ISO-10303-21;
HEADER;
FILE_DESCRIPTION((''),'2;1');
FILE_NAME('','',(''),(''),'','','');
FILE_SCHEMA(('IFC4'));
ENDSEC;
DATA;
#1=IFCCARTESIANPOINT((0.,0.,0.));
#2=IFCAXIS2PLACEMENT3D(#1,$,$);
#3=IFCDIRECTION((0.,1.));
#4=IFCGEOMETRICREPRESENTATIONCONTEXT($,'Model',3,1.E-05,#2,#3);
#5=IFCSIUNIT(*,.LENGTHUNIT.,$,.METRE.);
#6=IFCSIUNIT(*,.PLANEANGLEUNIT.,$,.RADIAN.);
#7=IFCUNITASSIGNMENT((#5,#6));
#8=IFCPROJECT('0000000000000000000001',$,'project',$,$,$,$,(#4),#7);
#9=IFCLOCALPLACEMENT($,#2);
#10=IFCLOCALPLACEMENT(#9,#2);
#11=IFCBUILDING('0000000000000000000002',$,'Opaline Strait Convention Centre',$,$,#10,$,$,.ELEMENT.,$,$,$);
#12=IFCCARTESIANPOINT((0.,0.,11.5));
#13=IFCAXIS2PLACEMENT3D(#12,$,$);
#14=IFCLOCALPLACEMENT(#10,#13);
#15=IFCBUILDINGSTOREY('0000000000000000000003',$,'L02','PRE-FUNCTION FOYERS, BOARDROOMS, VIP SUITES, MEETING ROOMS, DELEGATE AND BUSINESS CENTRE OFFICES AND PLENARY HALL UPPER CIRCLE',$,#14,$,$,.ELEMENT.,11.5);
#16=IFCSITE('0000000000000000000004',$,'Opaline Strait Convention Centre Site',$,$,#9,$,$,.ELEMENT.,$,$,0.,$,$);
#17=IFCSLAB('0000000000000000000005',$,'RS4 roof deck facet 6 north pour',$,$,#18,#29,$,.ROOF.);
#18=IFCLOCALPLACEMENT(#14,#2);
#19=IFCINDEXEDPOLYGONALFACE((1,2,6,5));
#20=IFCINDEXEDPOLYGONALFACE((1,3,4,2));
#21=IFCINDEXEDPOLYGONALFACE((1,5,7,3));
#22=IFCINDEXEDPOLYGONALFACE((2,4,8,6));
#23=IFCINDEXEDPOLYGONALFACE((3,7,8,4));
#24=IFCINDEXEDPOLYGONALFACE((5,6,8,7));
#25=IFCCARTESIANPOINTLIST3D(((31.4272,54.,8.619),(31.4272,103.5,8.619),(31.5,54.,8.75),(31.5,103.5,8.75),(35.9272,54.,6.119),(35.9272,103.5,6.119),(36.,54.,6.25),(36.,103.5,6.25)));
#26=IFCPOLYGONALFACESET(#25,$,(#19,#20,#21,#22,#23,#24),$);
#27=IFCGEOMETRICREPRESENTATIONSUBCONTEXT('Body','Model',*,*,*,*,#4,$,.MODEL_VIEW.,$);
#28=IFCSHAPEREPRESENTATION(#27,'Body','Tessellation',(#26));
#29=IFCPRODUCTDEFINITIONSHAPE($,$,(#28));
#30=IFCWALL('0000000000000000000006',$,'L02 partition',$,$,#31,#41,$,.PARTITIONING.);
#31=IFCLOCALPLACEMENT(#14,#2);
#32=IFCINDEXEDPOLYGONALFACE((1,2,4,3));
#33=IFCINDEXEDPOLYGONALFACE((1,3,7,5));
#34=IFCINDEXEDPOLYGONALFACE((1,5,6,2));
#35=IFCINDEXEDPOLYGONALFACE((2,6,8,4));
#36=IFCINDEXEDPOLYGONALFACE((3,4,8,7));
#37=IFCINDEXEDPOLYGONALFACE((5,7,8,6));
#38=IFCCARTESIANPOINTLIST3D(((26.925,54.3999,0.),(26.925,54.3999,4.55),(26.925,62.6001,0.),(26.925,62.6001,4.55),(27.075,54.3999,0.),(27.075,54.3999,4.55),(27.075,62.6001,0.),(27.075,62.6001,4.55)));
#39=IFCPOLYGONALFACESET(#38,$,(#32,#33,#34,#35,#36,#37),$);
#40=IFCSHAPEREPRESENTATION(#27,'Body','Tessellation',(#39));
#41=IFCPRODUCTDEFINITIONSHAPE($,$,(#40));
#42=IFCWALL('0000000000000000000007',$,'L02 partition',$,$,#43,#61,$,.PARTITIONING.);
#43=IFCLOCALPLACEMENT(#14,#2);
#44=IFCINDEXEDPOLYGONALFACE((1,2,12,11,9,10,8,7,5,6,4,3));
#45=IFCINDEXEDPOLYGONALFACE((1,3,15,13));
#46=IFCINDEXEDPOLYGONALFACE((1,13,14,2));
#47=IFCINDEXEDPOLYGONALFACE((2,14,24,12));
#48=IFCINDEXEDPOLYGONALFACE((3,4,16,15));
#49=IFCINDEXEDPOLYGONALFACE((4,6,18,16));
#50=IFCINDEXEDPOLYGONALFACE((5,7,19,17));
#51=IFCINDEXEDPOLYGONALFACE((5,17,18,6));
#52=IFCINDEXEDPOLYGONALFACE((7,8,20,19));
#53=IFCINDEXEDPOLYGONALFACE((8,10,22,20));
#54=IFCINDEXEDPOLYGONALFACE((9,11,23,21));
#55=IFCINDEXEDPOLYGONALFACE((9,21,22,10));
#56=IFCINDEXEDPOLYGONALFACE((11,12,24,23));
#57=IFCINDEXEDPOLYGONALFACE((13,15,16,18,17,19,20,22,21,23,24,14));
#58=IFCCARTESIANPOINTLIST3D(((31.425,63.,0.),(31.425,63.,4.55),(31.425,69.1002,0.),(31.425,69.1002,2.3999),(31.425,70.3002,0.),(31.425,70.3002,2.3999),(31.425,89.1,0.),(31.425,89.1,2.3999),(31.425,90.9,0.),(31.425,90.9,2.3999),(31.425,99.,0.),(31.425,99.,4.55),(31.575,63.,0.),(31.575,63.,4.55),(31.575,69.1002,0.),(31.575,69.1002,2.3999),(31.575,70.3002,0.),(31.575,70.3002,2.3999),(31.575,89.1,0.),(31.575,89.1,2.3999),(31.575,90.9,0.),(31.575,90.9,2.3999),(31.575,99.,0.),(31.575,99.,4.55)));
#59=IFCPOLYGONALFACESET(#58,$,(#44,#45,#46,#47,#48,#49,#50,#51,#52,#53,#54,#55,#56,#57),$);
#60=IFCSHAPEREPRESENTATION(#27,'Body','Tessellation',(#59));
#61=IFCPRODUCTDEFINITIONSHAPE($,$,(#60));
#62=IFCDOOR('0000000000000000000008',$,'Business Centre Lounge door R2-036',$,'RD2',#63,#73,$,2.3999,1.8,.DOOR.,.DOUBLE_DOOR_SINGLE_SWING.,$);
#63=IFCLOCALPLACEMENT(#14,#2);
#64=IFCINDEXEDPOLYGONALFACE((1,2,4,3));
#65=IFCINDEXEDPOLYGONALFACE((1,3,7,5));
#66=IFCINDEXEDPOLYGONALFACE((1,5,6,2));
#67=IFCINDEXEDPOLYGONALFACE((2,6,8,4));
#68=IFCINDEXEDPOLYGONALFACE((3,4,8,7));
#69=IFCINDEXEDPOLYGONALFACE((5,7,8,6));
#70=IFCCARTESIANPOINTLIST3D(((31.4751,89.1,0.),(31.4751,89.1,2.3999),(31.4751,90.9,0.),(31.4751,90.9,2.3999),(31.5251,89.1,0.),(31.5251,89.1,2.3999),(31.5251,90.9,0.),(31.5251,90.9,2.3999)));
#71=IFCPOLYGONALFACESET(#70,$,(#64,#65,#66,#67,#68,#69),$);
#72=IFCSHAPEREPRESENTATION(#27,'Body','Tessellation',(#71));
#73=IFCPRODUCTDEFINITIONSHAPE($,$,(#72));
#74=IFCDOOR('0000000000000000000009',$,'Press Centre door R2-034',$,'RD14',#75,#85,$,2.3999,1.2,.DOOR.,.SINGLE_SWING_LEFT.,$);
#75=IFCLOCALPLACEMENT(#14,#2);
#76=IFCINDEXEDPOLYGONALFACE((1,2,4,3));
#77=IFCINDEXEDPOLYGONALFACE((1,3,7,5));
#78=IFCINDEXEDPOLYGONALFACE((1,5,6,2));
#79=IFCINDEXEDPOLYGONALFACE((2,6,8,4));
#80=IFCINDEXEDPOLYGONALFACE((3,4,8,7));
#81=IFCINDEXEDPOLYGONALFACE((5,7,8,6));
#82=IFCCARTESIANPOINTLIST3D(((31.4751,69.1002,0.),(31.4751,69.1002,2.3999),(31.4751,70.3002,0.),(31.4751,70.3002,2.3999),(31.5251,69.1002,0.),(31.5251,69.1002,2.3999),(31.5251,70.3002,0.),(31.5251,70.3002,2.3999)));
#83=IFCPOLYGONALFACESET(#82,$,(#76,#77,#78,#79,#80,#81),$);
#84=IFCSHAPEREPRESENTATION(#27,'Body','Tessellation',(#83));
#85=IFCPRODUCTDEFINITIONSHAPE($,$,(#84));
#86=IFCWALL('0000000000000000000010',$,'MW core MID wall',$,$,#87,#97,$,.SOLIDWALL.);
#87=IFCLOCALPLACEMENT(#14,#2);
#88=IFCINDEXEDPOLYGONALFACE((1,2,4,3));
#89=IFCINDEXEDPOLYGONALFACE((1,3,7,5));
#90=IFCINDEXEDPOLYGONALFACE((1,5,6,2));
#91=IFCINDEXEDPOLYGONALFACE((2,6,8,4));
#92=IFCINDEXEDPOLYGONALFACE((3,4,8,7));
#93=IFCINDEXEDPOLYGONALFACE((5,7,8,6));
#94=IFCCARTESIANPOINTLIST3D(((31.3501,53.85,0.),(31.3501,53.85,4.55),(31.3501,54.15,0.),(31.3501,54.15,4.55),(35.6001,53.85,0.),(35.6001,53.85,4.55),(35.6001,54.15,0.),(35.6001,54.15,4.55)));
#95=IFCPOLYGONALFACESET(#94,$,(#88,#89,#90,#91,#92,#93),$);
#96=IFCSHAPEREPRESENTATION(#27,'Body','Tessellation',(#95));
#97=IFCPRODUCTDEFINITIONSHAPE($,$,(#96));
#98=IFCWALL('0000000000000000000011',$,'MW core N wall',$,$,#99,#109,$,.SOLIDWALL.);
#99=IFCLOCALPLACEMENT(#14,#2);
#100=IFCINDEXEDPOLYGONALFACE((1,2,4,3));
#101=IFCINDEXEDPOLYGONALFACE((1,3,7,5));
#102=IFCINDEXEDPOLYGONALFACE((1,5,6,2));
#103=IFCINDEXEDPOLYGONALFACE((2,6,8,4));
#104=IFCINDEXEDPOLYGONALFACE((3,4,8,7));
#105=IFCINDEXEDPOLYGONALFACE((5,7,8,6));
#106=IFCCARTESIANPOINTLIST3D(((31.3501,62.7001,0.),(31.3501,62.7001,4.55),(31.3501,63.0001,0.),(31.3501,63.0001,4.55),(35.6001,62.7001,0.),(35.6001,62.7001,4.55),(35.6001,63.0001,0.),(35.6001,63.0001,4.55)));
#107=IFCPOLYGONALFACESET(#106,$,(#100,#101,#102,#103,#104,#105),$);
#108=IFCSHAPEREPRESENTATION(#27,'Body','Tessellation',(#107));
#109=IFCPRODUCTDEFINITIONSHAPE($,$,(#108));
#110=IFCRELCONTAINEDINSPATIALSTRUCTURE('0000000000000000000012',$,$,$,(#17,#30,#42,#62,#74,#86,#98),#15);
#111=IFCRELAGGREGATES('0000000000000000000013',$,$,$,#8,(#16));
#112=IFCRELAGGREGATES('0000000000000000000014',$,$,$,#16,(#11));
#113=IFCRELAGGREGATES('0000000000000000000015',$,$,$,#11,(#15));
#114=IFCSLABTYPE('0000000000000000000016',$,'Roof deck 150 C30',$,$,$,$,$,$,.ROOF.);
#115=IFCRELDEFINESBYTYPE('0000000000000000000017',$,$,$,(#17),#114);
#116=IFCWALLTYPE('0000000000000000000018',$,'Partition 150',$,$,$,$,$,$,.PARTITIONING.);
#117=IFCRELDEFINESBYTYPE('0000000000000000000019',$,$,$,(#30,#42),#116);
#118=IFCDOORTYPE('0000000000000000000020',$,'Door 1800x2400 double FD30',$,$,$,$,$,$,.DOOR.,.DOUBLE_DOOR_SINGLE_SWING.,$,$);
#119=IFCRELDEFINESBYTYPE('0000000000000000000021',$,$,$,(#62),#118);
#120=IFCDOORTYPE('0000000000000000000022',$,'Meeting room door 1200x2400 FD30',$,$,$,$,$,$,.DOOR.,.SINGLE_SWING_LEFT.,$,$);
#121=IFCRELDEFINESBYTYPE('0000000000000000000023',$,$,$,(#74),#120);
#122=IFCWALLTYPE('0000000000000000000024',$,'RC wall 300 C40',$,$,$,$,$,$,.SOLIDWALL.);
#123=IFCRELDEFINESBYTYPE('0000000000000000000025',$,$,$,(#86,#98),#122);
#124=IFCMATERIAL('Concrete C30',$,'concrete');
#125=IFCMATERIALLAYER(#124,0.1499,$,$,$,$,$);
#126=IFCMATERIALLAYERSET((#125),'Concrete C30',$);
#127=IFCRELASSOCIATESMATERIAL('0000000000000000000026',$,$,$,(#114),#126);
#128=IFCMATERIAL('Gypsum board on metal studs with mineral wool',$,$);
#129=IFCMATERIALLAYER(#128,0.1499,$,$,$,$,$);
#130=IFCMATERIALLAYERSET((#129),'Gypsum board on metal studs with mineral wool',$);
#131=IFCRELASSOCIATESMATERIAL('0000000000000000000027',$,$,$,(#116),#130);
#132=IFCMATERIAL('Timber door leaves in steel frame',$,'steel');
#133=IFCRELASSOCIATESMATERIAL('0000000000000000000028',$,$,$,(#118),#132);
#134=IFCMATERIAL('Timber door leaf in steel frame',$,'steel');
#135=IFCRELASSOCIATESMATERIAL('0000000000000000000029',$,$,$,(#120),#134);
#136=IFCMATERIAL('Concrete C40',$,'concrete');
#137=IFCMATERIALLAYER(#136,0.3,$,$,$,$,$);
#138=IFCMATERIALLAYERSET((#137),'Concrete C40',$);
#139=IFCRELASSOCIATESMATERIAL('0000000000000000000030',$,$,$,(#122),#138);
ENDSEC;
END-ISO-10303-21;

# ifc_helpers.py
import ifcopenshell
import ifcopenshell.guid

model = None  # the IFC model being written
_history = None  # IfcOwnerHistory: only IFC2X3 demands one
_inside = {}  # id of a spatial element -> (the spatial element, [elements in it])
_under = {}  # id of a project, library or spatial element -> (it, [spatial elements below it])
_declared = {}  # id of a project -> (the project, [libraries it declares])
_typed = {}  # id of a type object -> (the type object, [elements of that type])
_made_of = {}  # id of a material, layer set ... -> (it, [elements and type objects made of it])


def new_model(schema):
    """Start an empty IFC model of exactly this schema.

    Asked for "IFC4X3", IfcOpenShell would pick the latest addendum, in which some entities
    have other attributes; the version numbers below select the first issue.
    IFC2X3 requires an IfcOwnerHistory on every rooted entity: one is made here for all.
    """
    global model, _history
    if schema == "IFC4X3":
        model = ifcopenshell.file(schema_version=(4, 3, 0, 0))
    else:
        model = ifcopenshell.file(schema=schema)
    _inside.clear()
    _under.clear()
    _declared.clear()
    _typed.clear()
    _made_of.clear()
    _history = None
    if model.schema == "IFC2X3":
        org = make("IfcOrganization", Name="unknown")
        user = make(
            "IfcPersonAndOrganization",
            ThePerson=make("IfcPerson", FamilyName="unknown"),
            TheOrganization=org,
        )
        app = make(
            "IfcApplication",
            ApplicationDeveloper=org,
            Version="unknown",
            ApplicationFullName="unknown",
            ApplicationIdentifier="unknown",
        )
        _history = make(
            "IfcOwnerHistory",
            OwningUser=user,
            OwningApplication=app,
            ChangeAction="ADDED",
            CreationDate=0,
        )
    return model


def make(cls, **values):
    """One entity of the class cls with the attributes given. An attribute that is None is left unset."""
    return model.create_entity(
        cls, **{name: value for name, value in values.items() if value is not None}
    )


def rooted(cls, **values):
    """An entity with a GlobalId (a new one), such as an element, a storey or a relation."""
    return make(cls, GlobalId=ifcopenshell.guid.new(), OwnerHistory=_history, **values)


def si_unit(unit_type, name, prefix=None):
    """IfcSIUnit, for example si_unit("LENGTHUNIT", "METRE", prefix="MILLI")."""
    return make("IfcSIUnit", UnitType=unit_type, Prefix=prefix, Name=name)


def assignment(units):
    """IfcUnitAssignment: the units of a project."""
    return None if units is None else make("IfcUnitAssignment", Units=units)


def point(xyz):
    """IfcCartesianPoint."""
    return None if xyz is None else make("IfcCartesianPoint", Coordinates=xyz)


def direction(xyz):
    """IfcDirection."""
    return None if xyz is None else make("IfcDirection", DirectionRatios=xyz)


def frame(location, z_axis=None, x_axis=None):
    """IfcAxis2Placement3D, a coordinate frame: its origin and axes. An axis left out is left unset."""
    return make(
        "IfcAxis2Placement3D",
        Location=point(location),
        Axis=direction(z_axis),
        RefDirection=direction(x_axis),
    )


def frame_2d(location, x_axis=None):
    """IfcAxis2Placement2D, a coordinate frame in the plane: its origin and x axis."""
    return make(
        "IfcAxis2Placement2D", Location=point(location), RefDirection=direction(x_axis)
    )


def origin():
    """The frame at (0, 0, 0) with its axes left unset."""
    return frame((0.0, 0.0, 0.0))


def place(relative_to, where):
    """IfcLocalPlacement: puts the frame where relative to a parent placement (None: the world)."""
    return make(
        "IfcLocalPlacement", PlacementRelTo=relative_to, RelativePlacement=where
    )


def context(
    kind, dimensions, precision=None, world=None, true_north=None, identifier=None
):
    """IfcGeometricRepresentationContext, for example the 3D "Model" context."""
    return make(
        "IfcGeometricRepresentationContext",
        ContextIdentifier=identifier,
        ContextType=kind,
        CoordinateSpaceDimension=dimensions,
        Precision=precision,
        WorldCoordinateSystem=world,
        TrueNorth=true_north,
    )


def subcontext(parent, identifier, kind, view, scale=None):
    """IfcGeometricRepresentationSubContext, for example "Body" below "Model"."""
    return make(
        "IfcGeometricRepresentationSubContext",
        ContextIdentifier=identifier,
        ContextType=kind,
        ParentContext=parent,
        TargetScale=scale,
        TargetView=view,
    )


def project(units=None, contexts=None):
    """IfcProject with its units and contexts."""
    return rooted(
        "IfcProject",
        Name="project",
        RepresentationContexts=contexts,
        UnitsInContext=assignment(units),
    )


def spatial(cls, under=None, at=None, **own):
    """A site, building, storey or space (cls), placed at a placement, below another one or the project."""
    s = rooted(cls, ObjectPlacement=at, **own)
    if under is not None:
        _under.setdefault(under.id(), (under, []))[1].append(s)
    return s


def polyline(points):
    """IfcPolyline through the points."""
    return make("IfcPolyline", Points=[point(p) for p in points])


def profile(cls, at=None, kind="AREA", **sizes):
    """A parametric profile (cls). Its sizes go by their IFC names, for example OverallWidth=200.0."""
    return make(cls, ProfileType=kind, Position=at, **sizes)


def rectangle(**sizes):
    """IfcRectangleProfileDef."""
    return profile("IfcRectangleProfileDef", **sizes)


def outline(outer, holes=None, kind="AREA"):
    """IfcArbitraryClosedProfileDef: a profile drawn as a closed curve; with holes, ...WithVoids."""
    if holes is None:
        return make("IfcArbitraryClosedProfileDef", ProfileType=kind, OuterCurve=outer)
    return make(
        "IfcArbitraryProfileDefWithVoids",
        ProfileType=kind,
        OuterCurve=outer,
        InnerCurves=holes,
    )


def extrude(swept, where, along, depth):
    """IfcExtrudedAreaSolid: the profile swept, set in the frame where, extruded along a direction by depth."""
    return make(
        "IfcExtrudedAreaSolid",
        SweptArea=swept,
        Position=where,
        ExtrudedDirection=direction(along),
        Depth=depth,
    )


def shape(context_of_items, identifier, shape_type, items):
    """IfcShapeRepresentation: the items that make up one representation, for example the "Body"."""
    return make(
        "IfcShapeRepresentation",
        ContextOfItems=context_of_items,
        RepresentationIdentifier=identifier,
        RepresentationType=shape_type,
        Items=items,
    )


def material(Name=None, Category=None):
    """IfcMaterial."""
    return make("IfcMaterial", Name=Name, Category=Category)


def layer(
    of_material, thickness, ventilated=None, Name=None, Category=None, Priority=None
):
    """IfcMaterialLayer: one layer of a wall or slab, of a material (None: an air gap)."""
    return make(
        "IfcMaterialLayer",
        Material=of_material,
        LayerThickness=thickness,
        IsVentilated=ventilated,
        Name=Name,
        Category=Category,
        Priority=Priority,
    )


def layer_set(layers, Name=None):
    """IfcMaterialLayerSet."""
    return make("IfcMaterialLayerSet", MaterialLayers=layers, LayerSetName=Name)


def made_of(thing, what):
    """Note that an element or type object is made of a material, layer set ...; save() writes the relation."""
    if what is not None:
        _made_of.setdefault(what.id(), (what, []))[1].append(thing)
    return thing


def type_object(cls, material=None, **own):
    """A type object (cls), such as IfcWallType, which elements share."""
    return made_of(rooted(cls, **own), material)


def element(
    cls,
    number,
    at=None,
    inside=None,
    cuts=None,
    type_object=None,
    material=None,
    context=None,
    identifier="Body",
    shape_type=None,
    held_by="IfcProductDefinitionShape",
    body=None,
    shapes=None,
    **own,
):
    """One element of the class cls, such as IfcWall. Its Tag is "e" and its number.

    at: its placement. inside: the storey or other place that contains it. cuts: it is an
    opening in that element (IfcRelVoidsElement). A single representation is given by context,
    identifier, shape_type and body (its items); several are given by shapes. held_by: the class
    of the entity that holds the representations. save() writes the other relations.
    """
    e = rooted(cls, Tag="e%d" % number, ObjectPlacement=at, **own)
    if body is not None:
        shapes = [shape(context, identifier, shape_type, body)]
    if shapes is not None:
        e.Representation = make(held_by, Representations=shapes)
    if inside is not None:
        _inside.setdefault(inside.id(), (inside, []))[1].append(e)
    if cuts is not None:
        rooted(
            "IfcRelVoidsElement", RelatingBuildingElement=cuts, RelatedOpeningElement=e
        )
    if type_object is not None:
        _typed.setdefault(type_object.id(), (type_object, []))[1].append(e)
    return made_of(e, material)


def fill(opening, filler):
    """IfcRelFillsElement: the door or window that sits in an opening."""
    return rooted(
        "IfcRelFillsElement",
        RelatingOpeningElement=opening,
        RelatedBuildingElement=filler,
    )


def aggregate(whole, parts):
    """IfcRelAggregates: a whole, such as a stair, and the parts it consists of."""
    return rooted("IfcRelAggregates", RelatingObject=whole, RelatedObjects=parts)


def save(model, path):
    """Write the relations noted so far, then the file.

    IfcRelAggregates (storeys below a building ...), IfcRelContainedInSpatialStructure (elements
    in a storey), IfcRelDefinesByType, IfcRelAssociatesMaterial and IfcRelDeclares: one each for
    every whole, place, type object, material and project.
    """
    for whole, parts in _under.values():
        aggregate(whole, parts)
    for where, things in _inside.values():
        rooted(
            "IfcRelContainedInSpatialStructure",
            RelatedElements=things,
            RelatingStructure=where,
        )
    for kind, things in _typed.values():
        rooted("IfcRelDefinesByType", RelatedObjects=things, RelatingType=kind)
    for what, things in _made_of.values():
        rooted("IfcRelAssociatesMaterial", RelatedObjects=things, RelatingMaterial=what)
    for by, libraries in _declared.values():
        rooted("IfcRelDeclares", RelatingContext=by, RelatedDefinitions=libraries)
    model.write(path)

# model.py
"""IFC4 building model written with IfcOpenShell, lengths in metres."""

from ifc_helpers import new_model, si_unit, direction, frame, frame_2d, origin, place, context, subcontext, project, spatial, polyline, rectangle, outline, extrude, material, layer, layer_set, type_object, element, fill, save


model = new_model("IFC4")

# Units and contexts
model_context = context("Model", 3, precision=1e-05, world=origin(), true_north=direction((0.0, 1.0)))
body_context = subcontext(model_context, "Body", "Model", "MODEL_VIEW")
ifc_project = project(units=[si_unit("LENGTHUNIT", "METRE"), si_unit("PLANEANGLEUNIT", "RADIAN")], contexts=[model_context])

# Site, building, storey
site_placement = place(None, origin())
site = spatial("IfcSite", under=ifc_project, at=site_placement, Name="Opaline Strait Convention Centre Site", CompositionType="ELEMENT", RefElevation=0.0)
building_placement = place(site_placement, origin())
building = spatial("IfcBuilding", under=site, at=building_placement, Name="Opaline Strait Convention Centre", CompositionType="ELEMENT")
storey_placement = place(building_placement, frame((0.0, 0.0, 11.5)))
storey = spatial("IfcBuildingStorey", under=building, at=storey_placement, Name="L02", Description="PRE-FUNCTION FOYERS, BOARDROOMS, VIP SUITES, MEETING ROOMS, DELEGATE AND BUSINESS CENTRE OFFICES AND PLENARY HALL UPPER CIRCLE", CompositionType="ELEMENT", Elevation=11.5)

# Shared definitions
ifc_material_1 = material(Name="Concrete C40", Category="concrete")

# Slab
ifc_material_2 = material(Name="Concrete C30", Category="concrete")
ifc_layer_1 = layer(ifc_material_2, 0.1499)
ifc_layer_set_1 = layer_set([ifc_layer_1], Name="Concrete C30")
slab_type = type_object("IfcSlabType", Name="Roof deck 150 C30", PredefinedType="ROOF", material=ifc_layer_set_1)
slab_placement = place(storey_placement, frame((31.5, 54.0, 8.75), z_axis=(0.485643, 0.0, 0.874157), x_axis=(0.874157, 0.0, -0.485643)))
element("IfcSlab", 1, at=slab_placement, inside=storey, type_object=slab_type, Name="RS4 roof deck facet 6 north pour", PredefinedType="ROOF", context=body_context, shape_type="SweptSolid", body=[
    extrude(outline(polyline([(0.0, 0.0), (5.1478, 0.0), (5.1478, 49.5), (0.0, 49.5), (0.0, 0.0)])), origin(), (0.0, 0.0, -1.0), 0.1499),
])

# Wall
ifc_material_3 = material(Name="Gypsum board on metal studs with mineral wool")
ifc_layer_2 = layer(ifc_material_3, 0.1499)
ifc_layer_set_2 = layer_set([ifc_layer_2], Name="Gypsum board on metal studs with mineral wool")
wall_type_1 = type_object("IfcWallType", Name="Partition 150", PredefinedType="PARTITIONING", material=ifc_layer_set_2)
wall_1_placement = place(storey_placement, frame((27.0, 54.3999, 0.0), z_axis=(0.0, 0.0, 1.0), x_axis=(0.0, 1.0, 0.0)))
element("IfcWall", 2, at=wall_1_placement, inside=storey, type_object=wall_type_1, Name="L02 partition", PredefinedType="PARTITIONING", context=body_context, shape_type="SweptSolid", body=[
    extrude(rectangle(XDim=8.2002, YDim=0.1499, at=frame_2d((4.1001, 0.0))), origin(), (0.0, 0.0, 1.0), 4.55),
])

# Wall, openings, doors
wall_2_placement = place(storey_placement, frame((31.5, 63.0, 0.0), z_axis=(0.0, 0.0, 1.0), x_axis=(0.0, 1.0, 0.0)))
wall_2 = element("IfcWall", 3, at=wall_2_placement, inside=storey, type_object=wall_type_1, Name="L02 partition", PredefinedType="PARTITIONING", context=body_context, shape_type="SweptSolid", body=[
    extrude(rectangle(XDim=36.0, YDim=0.1499, at=frame_2d((18.0, 0.0))), origin(), (0.0, 0.0, 1.0), 4.55),
])
opening_1_placement = place(wall_2_placement, frame((6.1001, 0.0, 0.0)))
opening_1 = element("IfcOpeningElement", 4, at=opening_1_placement, cuts=wall_2, PredefinedType="OPENING", context=body_context, shape_type="SweptSolid", body=[
    extrude(rectangle(XDim=1.2, YDim=2.3999, at=frame_2d((0.6001, 1.2))), frame((0.0, 0.085, 0.0), z_axis=(0.0, -1.0, 0.0), x_axis=(1.0, 0.0, 0.0)), (0.0, 0.0, 1.0), 0.1699),
])
opening_2_placement = place(wall_2_placement, frame((26.1001, 0.0, 0.0)))
opening_2 = element("IfcOpeningElement", 5, at=opening_2_placement, cuts=wall_2, PredefinedType="OPENING", context=body_context, shape_type="SweptSolid", body=[
    extrude(rectangle(XDim=1.8, YDim=2.3999, at=frame_2d((0.8999, 1.2))), frame((0.0, 0.085, 0.0), z_axis=(0.0, -1.0, 0.0), x_axis=(1.0, 0.0, 0.0)), (0.0, 0.0, 1.0), 0.1699),
])
ifc_material_4 = material(Name="Timber door leaves in steel frame", Category="steel")
door_type_1 = type_object("IfcDoorType", Name="Door 1800x2400 double FD30", OperationType="DOUBLE_DOOR_SINGLE_SWING", PredefinedType="DOOR", material=ifc_material_4)
door_1_placement = place(opening_2_placement, origin())
door_1 = element("IfcDoor", 6, at=door_1_placement, inside=storey, type_object=door_type_1, Name="Business Centre Lounge door R2-036", ObjectType="RD2", OperationType="DOUBLE_DOOR_SINGLE_SWING", OverallHeight=2.3999, OverallWidth=1.8, PredefinedType="DOOR", context=body_context, shape_type="SweptSolid", body=[
    extrude(rectangle(XDim=1.8, YDim=2.3999, at=frame_2d((0.8999, 1.2))), frame((0.0, 0.0249, 0.0), z_axis=(0.0, -1.0, 0.0), x_axis=(1.0, 0.0, 0.0)), (0.0, 0.0, 1.0), 0.05),
])
fill(opening_2, door_1)
ifc_material_5 = material(Name="Timber door leaf in steel frame", Category="steel")
door_type_2 = type_object("IfcDoorType", Name="Meeting room door 1200x2400 FD30", OperationType="SINGLE_SWING_LEFT", PredefinedType="DOOR", material=ifc_material_5)
door_2_placement = place(opening_1_placement, origin())
door_2 = element("IfcDoor", 7, at=door_2_placement, inside=storey, type_object=door_type_2, Name="Press Centre door R2-034", ObjectType="RD14", OperationType="SINGLE_SWING_LEFT", OverallHeight=2.3999, OverallWidth=1.2, PredefinedType="DOOR", context=body_context, shape_type="SweptSolid", body=[
    extrude(rectangle(XDim=1.2, YDim=2.3999, at=frame_2d((0.6001, 1.2))), frame((0.0, 0.0249, 0.0), z_axis=(0.0, -1.0, 0.0), x_axis=(1.0, 0.0, 0.0)), (0.0, 0.0, 1.0), 0.05),
])
fill(opening_1, door_2)

# Walls
ifc_layer_3 = layer(ifc_material_1, 0.3)
ifc_layer_set_3 = layer_set([ifc_layer_3], Name="Concrete C40")
wall_type_2 = type_object("IfcWallType", Name="RC wall 300 C40", PredefinedType="SOLIDWALL", material=ifc_layer_set_3)
for number, where, z_axis, x_axis, name in (
    (8, (31.3501, 54.0, 0.0), (0.0, 0.0, 1.0), (1.0, 0.0, 0.0), "MW core MID wall"),
    (9, (31.3501, 62.8501, 0.0), (0.0, 0.0, 1.0), (1.0, 0.0, 0.0), "MW core N wall"),
):
    element("IfcWall", number, at=place(storey_placement, frame(where, z_axis=z_axis, x_axis=x_axis)), inside=storey, type_object=wall_type_2, Name=name, PredefinedType="SOLIDWALL", context=body_context, shape_type="SweptSolid", body=[
        extrude(rectangle(XDim=4.25, YDim=0.3, at=frame_2d((2.125, 0.0))), origin(), (0.0, 0.0, 1.0), 4.55),
    ])

save(model, "model.ifc")
